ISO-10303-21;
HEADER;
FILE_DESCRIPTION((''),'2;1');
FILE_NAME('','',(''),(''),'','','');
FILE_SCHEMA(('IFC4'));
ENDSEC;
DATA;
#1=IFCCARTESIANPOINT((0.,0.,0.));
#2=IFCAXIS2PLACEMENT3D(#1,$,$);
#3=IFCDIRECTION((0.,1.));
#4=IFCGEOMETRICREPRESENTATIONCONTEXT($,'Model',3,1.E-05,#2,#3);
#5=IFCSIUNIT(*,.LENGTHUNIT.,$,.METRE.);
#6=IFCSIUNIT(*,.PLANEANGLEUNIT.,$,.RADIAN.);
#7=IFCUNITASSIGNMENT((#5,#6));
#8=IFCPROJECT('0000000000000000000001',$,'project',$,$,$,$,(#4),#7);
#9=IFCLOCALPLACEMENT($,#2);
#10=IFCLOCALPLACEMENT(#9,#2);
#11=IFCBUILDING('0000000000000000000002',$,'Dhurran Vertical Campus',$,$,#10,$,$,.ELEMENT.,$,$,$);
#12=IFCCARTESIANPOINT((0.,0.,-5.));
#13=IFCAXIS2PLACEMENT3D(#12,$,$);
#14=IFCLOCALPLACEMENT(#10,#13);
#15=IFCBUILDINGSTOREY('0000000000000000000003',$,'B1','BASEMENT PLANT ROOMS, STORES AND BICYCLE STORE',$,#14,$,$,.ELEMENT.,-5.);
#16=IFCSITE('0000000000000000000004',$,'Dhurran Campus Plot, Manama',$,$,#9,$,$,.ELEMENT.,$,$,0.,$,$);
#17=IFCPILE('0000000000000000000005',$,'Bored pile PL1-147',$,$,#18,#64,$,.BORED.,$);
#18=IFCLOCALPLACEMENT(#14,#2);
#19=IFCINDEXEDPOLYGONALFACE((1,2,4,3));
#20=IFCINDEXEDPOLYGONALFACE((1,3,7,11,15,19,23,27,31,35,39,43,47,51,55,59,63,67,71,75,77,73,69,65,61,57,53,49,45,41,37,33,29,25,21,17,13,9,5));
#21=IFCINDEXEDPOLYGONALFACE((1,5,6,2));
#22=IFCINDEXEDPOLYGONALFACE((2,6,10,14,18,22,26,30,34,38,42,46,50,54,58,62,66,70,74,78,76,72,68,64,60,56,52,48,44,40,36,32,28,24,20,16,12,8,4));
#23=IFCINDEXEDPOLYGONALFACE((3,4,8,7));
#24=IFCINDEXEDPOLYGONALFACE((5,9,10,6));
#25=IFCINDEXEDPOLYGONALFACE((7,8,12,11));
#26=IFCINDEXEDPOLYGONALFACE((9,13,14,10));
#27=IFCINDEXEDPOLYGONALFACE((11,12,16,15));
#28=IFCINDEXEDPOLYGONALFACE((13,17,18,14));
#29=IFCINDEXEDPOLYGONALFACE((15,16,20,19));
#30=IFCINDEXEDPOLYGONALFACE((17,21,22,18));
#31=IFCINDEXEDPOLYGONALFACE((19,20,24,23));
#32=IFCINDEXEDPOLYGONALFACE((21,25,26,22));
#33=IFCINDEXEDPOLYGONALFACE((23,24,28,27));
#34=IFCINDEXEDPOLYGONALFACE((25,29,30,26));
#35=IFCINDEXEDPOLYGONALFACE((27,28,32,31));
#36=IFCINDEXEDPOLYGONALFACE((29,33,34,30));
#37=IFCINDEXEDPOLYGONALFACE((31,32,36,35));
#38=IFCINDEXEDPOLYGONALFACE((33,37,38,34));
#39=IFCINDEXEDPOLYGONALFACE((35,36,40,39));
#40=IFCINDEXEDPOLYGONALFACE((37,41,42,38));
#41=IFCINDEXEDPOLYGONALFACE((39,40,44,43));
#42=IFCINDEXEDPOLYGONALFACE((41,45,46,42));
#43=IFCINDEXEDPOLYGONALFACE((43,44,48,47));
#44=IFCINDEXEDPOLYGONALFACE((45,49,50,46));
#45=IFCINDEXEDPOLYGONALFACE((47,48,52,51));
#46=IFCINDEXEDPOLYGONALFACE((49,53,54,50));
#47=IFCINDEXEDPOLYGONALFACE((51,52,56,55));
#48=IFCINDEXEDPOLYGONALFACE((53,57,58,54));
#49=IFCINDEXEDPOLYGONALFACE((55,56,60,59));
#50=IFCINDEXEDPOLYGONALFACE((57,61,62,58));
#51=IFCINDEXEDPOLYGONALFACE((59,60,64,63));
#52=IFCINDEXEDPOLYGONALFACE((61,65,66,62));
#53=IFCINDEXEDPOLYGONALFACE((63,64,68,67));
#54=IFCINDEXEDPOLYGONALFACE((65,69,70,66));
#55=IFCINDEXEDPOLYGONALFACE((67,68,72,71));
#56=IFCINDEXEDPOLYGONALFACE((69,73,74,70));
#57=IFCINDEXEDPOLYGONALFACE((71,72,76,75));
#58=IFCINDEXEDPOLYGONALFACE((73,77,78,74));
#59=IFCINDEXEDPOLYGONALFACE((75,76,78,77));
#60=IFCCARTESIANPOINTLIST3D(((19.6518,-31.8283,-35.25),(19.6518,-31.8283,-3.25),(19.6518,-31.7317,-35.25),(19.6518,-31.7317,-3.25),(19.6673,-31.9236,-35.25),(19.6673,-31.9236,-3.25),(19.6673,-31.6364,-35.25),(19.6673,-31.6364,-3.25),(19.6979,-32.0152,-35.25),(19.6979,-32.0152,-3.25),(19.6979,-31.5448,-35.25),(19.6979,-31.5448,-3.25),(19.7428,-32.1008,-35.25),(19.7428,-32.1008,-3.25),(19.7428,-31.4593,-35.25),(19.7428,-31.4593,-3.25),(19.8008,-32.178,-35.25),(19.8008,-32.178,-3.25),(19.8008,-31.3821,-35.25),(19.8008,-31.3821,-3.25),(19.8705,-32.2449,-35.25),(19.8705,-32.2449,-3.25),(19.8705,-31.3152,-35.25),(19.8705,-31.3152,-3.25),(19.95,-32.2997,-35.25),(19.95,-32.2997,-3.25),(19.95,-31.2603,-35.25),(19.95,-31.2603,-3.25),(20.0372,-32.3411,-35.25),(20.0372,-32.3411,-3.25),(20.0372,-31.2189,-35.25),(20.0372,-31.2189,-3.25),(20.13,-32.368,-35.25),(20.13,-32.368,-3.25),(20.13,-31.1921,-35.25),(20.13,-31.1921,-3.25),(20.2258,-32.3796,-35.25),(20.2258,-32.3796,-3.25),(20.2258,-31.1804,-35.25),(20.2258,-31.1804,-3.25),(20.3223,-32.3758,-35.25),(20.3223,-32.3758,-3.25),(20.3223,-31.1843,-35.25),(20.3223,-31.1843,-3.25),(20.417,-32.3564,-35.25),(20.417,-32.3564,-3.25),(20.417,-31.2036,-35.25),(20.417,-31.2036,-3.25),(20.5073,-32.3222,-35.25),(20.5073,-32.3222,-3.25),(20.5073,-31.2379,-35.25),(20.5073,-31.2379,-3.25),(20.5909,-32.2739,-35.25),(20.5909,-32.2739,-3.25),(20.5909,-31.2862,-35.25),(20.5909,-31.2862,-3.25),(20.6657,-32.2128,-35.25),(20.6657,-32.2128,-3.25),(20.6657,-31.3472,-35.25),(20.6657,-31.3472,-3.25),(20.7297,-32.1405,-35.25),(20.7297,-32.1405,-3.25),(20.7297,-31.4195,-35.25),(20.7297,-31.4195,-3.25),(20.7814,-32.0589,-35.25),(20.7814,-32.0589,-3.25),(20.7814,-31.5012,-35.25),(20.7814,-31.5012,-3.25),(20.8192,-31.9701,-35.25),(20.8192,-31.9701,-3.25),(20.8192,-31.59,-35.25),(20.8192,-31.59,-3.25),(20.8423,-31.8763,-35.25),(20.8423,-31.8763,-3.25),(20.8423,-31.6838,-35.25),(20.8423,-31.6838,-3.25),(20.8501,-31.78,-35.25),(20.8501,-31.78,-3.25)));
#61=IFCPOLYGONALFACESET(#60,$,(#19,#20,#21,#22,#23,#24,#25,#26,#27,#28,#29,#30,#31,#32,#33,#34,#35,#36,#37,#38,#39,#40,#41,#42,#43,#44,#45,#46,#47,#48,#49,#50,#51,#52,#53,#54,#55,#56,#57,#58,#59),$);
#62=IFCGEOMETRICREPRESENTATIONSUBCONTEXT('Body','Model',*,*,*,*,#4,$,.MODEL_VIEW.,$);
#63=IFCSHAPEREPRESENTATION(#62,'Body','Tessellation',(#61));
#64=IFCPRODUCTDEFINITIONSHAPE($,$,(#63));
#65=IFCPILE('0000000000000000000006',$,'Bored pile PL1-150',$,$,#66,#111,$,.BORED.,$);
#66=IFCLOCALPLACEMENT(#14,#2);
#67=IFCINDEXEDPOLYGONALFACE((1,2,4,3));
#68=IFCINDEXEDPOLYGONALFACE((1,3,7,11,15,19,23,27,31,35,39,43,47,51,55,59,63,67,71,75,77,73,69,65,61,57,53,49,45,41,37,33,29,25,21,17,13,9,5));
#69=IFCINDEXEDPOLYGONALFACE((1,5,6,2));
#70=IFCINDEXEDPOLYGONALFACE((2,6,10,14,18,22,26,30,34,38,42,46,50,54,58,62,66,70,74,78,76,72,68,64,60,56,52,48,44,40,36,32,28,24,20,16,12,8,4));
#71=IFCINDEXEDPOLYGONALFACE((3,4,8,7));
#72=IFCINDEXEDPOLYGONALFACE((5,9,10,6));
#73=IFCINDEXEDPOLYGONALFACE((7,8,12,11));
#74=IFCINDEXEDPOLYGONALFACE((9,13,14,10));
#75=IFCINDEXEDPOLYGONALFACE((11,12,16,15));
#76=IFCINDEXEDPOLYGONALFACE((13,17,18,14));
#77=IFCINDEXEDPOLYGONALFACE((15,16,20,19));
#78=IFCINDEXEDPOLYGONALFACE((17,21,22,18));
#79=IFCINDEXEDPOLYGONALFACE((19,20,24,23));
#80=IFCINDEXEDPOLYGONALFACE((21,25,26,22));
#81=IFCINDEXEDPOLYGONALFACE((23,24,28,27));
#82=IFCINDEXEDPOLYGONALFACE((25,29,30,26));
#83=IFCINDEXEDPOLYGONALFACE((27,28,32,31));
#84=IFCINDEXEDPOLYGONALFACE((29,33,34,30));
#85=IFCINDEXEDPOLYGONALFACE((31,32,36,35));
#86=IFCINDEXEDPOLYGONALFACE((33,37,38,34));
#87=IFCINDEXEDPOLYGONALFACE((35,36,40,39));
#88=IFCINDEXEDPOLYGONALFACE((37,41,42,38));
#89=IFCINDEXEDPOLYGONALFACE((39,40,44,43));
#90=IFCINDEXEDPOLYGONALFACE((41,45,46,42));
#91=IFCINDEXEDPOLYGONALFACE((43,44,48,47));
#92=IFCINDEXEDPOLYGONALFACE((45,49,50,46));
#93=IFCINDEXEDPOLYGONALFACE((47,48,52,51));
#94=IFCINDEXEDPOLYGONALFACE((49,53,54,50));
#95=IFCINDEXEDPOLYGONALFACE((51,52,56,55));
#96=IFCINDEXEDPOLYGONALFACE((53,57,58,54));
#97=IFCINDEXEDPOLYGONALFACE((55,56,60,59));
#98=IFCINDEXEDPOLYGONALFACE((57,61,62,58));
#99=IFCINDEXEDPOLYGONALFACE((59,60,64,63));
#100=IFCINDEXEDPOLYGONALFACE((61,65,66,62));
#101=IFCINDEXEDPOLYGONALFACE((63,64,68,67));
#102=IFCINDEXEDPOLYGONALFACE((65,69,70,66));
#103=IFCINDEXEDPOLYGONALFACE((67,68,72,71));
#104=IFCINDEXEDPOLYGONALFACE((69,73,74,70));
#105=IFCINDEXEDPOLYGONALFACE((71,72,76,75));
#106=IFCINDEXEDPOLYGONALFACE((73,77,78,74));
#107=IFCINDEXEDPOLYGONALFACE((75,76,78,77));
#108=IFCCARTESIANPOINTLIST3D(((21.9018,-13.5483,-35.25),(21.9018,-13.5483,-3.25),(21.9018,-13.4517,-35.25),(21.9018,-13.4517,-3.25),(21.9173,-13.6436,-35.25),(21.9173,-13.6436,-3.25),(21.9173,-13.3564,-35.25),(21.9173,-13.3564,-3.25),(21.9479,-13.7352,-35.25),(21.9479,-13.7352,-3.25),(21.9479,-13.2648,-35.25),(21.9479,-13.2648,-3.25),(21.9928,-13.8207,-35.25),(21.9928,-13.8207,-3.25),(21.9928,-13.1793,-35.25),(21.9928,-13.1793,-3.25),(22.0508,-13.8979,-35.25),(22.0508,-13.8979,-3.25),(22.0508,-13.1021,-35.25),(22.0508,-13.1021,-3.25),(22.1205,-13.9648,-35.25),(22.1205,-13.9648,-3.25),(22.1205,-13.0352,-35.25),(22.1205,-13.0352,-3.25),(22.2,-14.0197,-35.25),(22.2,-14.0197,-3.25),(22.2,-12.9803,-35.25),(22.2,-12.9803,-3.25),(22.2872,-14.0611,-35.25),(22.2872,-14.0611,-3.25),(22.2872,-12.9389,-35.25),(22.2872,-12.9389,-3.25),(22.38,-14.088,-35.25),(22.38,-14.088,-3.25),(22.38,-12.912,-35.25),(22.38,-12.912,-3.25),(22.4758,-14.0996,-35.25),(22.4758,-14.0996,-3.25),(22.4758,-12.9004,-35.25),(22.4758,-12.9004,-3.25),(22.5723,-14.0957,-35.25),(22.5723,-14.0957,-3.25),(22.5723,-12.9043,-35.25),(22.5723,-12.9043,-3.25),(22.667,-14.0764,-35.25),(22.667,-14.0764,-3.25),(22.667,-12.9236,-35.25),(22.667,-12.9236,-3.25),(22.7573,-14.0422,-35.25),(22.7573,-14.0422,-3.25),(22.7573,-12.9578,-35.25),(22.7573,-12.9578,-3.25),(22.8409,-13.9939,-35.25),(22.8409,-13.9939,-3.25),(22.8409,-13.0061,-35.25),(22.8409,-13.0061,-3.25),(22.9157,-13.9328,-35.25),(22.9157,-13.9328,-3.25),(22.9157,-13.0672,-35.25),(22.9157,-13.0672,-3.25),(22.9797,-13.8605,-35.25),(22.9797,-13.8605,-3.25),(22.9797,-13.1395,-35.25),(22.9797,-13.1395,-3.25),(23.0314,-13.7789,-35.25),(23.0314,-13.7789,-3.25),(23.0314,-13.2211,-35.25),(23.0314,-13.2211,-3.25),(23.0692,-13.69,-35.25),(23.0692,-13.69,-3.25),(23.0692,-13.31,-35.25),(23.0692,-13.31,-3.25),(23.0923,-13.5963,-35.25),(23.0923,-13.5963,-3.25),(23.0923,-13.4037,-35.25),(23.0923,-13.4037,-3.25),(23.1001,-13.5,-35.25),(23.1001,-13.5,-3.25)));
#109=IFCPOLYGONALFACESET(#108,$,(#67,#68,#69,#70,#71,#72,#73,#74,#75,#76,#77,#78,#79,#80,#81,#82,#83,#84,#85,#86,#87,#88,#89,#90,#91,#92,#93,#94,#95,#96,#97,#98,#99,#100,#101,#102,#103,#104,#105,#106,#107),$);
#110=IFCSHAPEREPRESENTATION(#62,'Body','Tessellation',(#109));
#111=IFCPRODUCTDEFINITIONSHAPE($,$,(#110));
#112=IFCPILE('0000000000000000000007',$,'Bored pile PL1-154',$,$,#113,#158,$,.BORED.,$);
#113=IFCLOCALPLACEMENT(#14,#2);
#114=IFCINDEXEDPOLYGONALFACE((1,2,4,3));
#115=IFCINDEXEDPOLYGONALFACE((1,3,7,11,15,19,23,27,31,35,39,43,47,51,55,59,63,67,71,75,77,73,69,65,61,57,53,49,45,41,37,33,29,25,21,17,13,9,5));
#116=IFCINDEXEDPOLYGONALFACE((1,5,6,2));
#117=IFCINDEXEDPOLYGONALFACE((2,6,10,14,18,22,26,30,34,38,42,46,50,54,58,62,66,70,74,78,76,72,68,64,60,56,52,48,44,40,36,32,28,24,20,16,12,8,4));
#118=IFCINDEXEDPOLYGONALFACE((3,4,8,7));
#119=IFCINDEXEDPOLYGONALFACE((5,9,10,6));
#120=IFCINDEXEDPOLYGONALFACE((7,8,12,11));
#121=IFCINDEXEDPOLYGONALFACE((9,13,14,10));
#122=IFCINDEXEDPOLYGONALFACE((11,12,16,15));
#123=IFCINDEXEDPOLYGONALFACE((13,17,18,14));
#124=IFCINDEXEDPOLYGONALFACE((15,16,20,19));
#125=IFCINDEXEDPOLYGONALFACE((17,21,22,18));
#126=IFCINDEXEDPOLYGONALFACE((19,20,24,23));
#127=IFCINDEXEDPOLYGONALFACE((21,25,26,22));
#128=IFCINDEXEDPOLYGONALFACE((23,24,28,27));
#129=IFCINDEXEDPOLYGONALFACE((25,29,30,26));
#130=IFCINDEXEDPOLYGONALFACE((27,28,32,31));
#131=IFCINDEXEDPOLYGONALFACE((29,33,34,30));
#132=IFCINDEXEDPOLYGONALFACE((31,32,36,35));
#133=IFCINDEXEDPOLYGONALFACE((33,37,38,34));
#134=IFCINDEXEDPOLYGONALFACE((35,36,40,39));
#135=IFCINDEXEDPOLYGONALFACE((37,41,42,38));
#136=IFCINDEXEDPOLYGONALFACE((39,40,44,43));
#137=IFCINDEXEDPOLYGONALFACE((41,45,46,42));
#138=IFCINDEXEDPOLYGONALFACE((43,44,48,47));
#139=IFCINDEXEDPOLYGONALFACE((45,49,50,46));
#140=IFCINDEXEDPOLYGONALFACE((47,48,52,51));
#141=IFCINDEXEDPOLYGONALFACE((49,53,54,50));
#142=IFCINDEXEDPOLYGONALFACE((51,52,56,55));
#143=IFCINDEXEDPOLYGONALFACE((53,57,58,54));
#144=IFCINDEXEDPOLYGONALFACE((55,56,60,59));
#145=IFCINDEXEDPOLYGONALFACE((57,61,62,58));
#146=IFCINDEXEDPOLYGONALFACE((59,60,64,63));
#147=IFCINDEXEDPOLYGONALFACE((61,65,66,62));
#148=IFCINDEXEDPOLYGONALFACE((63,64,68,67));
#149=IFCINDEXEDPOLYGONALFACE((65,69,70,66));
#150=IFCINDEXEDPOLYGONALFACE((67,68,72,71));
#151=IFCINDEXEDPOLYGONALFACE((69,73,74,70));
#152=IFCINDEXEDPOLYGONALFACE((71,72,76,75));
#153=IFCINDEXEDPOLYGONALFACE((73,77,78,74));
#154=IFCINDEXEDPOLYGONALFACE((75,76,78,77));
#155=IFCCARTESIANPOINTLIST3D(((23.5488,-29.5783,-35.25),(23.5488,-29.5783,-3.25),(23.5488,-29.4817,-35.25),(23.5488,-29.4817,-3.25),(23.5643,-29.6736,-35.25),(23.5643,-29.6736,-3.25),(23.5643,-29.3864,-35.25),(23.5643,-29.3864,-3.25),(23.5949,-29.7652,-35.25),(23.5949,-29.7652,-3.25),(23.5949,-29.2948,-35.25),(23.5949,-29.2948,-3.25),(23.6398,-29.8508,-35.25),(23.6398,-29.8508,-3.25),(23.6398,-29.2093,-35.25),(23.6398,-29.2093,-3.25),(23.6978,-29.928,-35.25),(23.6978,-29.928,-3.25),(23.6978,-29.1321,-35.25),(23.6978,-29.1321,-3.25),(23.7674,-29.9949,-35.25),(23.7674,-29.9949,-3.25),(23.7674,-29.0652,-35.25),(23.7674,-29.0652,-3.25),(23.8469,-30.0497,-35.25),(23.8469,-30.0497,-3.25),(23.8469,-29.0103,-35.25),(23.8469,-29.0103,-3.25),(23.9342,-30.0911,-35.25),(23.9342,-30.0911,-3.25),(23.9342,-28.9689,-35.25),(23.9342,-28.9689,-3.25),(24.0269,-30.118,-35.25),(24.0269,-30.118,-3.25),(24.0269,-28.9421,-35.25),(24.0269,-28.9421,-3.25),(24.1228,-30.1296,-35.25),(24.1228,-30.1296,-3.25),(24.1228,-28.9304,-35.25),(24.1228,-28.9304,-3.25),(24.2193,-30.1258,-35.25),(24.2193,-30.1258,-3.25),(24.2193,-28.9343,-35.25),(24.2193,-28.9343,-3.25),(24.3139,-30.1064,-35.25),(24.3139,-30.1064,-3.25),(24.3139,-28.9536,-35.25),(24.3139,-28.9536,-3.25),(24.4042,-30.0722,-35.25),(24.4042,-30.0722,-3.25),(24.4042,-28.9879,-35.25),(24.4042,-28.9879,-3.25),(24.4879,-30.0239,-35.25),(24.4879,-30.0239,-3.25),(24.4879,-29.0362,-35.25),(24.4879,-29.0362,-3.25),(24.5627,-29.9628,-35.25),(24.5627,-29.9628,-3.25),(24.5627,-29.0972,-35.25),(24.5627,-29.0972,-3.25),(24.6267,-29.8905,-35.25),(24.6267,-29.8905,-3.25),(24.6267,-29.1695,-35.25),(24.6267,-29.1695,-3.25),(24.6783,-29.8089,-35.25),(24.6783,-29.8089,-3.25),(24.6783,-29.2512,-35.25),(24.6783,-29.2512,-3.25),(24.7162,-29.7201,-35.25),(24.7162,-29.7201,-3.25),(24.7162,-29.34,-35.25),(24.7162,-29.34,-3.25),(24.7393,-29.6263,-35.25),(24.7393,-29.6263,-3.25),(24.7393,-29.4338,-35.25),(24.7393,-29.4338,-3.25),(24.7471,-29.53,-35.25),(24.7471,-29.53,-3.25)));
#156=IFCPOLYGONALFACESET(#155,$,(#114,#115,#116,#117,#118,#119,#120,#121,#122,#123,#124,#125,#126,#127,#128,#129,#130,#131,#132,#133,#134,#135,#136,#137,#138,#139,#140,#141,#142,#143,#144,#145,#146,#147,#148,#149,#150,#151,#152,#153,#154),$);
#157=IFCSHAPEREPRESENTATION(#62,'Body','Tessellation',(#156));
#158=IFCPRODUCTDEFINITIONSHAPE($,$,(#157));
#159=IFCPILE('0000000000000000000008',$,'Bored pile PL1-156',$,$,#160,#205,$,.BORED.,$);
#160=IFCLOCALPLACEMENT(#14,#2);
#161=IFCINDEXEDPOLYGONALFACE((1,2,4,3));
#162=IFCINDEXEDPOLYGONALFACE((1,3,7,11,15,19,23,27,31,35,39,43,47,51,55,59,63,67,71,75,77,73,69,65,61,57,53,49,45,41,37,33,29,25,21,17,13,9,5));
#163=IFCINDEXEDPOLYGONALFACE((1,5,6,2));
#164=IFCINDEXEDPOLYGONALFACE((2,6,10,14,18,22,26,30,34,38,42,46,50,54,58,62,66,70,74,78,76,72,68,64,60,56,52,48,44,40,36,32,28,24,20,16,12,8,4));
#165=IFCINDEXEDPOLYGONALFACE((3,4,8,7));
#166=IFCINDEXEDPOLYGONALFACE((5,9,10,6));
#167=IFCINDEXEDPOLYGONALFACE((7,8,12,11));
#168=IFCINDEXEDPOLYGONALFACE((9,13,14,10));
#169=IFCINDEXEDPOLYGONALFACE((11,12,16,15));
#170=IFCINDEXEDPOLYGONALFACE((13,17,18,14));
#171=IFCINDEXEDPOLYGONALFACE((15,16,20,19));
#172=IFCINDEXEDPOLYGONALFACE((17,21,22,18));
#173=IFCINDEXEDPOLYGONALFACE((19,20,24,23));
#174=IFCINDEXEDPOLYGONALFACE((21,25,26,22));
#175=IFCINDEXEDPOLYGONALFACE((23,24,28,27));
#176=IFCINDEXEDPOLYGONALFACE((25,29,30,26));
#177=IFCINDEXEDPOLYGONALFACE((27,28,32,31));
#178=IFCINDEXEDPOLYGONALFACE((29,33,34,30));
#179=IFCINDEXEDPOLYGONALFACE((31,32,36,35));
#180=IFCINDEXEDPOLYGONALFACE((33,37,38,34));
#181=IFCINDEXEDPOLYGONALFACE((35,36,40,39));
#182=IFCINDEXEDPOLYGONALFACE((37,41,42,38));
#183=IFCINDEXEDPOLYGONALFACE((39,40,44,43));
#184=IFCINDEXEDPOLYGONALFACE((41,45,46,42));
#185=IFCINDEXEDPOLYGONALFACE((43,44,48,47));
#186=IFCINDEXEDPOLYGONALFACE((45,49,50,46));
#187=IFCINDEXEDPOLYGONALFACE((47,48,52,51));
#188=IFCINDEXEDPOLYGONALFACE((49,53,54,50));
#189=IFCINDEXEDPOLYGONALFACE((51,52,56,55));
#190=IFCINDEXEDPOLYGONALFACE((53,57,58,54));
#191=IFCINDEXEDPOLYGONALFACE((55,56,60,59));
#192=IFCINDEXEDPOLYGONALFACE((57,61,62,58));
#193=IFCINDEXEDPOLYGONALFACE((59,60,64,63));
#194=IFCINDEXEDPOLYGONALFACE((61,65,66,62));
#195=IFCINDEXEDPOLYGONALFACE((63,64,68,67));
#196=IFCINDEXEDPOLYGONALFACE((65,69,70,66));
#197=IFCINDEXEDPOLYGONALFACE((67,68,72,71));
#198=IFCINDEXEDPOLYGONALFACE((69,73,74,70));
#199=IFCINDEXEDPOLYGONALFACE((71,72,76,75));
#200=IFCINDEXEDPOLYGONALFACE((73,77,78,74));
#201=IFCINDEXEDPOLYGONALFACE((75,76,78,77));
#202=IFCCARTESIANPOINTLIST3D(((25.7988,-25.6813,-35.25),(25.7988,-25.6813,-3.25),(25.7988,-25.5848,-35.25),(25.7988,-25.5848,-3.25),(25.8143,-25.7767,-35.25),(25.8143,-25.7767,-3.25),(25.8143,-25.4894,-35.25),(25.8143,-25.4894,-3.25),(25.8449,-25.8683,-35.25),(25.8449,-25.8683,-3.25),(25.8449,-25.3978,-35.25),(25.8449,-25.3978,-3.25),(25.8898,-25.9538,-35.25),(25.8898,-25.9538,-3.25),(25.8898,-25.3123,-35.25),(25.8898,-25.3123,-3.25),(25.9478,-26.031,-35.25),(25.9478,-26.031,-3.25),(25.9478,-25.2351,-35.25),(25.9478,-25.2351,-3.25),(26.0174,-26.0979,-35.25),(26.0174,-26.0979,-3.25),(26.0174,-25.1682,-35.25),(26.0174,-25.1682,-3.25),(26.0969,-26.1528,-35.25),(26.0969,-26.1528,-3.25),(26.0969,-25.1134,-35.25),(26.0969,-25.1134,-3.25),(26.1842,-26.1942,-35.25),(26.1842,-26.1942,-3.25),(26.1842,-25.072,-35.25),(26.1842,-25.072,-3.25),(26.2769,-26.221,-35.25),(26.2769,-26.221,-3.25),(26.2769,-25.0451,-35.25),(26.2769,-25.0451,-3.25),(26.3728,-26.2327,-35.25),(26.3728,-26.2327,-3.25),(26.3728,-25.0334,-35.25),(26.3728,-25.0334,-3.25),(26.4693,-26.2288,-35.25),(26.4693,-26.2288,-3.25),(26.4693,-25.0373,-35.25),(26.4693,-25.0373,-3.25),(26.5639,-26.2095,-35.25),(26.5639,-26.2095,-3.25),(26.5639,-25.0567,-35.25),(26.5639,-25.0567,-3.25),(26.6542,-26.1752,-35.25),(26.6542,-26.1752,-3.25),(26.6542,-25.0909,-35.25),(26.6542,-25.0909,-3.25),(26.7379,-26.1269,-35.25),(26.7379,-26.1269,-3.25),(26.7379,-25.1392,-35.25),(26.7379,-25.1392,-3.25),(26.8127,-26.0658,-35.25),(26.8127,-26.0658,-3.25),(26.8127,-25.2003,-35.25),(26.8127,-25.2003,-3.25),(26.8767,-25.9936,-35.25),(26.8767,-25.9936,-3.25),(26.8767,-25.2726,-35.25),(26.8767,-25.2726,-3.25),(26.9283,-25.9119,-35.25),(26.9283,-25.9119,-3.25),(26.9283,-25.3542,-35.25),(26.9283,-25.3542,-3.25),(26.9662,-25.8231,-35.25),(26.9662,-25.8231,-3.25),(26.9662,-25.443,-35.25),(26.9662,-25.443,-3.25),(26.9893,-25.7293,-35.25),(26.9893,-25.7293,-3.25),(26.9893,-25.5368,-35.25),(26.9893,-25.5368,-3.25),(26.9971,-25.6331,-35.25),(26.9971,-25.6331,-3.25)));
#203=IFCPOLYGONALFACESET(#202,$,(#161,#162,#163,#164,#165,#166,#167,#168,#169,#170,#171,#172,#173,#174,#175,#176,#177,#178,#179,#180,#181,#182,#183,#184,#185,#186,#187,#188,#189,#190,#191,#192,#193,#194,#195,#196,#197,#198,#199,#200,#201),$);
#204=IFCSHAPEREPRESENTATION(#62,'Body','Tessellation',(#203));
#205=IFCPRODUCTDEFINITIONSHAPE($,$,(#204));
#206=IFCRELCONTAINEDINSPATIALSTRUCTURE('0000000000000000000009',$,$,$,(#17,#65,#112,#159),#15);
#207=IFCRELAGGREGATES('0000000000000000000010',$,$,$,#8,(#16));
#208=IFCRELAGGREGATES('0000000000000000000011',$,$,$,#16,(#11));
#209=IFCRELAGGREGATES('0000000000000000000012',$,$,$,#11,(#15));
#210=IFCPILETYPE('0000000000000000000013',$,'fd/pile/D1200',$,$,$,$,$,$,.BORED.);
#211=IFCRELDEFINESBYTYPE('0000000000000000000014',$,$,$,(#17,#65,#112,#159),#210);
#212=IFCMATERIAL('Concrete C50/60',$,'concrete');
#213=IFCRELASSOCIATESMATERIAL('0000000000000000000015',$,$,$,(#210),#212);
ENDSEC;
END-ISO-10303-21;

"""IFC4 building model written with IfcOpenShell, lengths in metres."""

from ifc_helpers import new_model, si_unit, direction, frame, origin, origin_2d, place, context, subcontext, project, spatial, circle, extrude, material, material_profile, profile_set, type_object, element, save


model = new_model("IFC4")

# Units and contexts
model_context = context("Model", 3, precision=1e-05, world=origin(), true_north=direction((0.0, 1.0)))
body_context = subcontext(model_context, "Body", "Model", "MODEL_VIEW")
ifc_project = project(units=[si_unit("LENGTHUNIT", "METRE"), si_unit("PLANEANGLEUNIT", "RADIAN")], contexts=[model_context])

# Site, building, storey
site_placement = place(None, origin())
site = spatial("IfcSite", under=ifc_project, at=site_placement, Name="Dhurran Campus Plot, Manama", CompositionType="ELEMENT", RefElevation=0.0)
building_placement = place(site_placement, origin())
building = spatial("IfcBuilding", under=site, at=building_placement, Name="Dhurran Vertical Campus", CompositionType="ELEMENT")
storey_placement = place(building_placement, frame((0.0, 0.0, -5.0)))
storey = spatial("IfcBuildingStorey", under=building, at=storey_placement, Name="B1", Description="BASEMENT PLANT ROOMS, STORES AND BICYCLE STORE", CompositionType="ELEMENT", Elevation=-5.0)

# Piles
ifc_material_1 = material(Name="Concrete C50/60", Category="concrete")
ifc_material_profile_1 = material_profile(ifc_material_1, circle(Radius=0.6001, at=origin_2d()), Name="fd/pile/D1200")
ifc_profile_set_1 = profile_set([ifc_material_profile_1], Name="Concrete C50/60")
pile_type = type_object("IfcPileType", Name="fd/pile/D1200", PredefinedType="BORED", material=ifc_profile_set_1)
for number, where, z_axis, x_axis, name in (
    (1, (20.25, -31.78, -3.25), (0.0, 0.0, -1.0), (1.0, 0.0, 0.0), "Bored pile PL1-147"),
    (2, (22.5, -13.5, -3.25), (0.0, 0.0, -1.0), (1.0, 0.0, 0.0), "Bored pile PL1-150"),
    (3, (24.147, -29.53, -3.25), (0.0, 0.0, -1.0), (1.0, 0.0, 0.0), "Bored pile PL1-154"),
    (4, (26.397, -25.6331, -3.25), (0.0, 0.0, -1.0), (1.0, 0.0, 0.0), "Bored pile PL1-156"),
):
    element("IfcPile", number, at=place(storey_placement, frame(where, z_axis=z_axis, x_axis=x_axis)), inside=storey, type_object=pile_type, Name=name, PredefinedType="BORED", context=body_context, shape_type="SweptSolid", body=[
        extrude(circle(Radius=0.6001, at=origin_2d()), origin(), (0.0, 0.0, 1.0), 32.0),
    ])

save(model, "model.ifc")
